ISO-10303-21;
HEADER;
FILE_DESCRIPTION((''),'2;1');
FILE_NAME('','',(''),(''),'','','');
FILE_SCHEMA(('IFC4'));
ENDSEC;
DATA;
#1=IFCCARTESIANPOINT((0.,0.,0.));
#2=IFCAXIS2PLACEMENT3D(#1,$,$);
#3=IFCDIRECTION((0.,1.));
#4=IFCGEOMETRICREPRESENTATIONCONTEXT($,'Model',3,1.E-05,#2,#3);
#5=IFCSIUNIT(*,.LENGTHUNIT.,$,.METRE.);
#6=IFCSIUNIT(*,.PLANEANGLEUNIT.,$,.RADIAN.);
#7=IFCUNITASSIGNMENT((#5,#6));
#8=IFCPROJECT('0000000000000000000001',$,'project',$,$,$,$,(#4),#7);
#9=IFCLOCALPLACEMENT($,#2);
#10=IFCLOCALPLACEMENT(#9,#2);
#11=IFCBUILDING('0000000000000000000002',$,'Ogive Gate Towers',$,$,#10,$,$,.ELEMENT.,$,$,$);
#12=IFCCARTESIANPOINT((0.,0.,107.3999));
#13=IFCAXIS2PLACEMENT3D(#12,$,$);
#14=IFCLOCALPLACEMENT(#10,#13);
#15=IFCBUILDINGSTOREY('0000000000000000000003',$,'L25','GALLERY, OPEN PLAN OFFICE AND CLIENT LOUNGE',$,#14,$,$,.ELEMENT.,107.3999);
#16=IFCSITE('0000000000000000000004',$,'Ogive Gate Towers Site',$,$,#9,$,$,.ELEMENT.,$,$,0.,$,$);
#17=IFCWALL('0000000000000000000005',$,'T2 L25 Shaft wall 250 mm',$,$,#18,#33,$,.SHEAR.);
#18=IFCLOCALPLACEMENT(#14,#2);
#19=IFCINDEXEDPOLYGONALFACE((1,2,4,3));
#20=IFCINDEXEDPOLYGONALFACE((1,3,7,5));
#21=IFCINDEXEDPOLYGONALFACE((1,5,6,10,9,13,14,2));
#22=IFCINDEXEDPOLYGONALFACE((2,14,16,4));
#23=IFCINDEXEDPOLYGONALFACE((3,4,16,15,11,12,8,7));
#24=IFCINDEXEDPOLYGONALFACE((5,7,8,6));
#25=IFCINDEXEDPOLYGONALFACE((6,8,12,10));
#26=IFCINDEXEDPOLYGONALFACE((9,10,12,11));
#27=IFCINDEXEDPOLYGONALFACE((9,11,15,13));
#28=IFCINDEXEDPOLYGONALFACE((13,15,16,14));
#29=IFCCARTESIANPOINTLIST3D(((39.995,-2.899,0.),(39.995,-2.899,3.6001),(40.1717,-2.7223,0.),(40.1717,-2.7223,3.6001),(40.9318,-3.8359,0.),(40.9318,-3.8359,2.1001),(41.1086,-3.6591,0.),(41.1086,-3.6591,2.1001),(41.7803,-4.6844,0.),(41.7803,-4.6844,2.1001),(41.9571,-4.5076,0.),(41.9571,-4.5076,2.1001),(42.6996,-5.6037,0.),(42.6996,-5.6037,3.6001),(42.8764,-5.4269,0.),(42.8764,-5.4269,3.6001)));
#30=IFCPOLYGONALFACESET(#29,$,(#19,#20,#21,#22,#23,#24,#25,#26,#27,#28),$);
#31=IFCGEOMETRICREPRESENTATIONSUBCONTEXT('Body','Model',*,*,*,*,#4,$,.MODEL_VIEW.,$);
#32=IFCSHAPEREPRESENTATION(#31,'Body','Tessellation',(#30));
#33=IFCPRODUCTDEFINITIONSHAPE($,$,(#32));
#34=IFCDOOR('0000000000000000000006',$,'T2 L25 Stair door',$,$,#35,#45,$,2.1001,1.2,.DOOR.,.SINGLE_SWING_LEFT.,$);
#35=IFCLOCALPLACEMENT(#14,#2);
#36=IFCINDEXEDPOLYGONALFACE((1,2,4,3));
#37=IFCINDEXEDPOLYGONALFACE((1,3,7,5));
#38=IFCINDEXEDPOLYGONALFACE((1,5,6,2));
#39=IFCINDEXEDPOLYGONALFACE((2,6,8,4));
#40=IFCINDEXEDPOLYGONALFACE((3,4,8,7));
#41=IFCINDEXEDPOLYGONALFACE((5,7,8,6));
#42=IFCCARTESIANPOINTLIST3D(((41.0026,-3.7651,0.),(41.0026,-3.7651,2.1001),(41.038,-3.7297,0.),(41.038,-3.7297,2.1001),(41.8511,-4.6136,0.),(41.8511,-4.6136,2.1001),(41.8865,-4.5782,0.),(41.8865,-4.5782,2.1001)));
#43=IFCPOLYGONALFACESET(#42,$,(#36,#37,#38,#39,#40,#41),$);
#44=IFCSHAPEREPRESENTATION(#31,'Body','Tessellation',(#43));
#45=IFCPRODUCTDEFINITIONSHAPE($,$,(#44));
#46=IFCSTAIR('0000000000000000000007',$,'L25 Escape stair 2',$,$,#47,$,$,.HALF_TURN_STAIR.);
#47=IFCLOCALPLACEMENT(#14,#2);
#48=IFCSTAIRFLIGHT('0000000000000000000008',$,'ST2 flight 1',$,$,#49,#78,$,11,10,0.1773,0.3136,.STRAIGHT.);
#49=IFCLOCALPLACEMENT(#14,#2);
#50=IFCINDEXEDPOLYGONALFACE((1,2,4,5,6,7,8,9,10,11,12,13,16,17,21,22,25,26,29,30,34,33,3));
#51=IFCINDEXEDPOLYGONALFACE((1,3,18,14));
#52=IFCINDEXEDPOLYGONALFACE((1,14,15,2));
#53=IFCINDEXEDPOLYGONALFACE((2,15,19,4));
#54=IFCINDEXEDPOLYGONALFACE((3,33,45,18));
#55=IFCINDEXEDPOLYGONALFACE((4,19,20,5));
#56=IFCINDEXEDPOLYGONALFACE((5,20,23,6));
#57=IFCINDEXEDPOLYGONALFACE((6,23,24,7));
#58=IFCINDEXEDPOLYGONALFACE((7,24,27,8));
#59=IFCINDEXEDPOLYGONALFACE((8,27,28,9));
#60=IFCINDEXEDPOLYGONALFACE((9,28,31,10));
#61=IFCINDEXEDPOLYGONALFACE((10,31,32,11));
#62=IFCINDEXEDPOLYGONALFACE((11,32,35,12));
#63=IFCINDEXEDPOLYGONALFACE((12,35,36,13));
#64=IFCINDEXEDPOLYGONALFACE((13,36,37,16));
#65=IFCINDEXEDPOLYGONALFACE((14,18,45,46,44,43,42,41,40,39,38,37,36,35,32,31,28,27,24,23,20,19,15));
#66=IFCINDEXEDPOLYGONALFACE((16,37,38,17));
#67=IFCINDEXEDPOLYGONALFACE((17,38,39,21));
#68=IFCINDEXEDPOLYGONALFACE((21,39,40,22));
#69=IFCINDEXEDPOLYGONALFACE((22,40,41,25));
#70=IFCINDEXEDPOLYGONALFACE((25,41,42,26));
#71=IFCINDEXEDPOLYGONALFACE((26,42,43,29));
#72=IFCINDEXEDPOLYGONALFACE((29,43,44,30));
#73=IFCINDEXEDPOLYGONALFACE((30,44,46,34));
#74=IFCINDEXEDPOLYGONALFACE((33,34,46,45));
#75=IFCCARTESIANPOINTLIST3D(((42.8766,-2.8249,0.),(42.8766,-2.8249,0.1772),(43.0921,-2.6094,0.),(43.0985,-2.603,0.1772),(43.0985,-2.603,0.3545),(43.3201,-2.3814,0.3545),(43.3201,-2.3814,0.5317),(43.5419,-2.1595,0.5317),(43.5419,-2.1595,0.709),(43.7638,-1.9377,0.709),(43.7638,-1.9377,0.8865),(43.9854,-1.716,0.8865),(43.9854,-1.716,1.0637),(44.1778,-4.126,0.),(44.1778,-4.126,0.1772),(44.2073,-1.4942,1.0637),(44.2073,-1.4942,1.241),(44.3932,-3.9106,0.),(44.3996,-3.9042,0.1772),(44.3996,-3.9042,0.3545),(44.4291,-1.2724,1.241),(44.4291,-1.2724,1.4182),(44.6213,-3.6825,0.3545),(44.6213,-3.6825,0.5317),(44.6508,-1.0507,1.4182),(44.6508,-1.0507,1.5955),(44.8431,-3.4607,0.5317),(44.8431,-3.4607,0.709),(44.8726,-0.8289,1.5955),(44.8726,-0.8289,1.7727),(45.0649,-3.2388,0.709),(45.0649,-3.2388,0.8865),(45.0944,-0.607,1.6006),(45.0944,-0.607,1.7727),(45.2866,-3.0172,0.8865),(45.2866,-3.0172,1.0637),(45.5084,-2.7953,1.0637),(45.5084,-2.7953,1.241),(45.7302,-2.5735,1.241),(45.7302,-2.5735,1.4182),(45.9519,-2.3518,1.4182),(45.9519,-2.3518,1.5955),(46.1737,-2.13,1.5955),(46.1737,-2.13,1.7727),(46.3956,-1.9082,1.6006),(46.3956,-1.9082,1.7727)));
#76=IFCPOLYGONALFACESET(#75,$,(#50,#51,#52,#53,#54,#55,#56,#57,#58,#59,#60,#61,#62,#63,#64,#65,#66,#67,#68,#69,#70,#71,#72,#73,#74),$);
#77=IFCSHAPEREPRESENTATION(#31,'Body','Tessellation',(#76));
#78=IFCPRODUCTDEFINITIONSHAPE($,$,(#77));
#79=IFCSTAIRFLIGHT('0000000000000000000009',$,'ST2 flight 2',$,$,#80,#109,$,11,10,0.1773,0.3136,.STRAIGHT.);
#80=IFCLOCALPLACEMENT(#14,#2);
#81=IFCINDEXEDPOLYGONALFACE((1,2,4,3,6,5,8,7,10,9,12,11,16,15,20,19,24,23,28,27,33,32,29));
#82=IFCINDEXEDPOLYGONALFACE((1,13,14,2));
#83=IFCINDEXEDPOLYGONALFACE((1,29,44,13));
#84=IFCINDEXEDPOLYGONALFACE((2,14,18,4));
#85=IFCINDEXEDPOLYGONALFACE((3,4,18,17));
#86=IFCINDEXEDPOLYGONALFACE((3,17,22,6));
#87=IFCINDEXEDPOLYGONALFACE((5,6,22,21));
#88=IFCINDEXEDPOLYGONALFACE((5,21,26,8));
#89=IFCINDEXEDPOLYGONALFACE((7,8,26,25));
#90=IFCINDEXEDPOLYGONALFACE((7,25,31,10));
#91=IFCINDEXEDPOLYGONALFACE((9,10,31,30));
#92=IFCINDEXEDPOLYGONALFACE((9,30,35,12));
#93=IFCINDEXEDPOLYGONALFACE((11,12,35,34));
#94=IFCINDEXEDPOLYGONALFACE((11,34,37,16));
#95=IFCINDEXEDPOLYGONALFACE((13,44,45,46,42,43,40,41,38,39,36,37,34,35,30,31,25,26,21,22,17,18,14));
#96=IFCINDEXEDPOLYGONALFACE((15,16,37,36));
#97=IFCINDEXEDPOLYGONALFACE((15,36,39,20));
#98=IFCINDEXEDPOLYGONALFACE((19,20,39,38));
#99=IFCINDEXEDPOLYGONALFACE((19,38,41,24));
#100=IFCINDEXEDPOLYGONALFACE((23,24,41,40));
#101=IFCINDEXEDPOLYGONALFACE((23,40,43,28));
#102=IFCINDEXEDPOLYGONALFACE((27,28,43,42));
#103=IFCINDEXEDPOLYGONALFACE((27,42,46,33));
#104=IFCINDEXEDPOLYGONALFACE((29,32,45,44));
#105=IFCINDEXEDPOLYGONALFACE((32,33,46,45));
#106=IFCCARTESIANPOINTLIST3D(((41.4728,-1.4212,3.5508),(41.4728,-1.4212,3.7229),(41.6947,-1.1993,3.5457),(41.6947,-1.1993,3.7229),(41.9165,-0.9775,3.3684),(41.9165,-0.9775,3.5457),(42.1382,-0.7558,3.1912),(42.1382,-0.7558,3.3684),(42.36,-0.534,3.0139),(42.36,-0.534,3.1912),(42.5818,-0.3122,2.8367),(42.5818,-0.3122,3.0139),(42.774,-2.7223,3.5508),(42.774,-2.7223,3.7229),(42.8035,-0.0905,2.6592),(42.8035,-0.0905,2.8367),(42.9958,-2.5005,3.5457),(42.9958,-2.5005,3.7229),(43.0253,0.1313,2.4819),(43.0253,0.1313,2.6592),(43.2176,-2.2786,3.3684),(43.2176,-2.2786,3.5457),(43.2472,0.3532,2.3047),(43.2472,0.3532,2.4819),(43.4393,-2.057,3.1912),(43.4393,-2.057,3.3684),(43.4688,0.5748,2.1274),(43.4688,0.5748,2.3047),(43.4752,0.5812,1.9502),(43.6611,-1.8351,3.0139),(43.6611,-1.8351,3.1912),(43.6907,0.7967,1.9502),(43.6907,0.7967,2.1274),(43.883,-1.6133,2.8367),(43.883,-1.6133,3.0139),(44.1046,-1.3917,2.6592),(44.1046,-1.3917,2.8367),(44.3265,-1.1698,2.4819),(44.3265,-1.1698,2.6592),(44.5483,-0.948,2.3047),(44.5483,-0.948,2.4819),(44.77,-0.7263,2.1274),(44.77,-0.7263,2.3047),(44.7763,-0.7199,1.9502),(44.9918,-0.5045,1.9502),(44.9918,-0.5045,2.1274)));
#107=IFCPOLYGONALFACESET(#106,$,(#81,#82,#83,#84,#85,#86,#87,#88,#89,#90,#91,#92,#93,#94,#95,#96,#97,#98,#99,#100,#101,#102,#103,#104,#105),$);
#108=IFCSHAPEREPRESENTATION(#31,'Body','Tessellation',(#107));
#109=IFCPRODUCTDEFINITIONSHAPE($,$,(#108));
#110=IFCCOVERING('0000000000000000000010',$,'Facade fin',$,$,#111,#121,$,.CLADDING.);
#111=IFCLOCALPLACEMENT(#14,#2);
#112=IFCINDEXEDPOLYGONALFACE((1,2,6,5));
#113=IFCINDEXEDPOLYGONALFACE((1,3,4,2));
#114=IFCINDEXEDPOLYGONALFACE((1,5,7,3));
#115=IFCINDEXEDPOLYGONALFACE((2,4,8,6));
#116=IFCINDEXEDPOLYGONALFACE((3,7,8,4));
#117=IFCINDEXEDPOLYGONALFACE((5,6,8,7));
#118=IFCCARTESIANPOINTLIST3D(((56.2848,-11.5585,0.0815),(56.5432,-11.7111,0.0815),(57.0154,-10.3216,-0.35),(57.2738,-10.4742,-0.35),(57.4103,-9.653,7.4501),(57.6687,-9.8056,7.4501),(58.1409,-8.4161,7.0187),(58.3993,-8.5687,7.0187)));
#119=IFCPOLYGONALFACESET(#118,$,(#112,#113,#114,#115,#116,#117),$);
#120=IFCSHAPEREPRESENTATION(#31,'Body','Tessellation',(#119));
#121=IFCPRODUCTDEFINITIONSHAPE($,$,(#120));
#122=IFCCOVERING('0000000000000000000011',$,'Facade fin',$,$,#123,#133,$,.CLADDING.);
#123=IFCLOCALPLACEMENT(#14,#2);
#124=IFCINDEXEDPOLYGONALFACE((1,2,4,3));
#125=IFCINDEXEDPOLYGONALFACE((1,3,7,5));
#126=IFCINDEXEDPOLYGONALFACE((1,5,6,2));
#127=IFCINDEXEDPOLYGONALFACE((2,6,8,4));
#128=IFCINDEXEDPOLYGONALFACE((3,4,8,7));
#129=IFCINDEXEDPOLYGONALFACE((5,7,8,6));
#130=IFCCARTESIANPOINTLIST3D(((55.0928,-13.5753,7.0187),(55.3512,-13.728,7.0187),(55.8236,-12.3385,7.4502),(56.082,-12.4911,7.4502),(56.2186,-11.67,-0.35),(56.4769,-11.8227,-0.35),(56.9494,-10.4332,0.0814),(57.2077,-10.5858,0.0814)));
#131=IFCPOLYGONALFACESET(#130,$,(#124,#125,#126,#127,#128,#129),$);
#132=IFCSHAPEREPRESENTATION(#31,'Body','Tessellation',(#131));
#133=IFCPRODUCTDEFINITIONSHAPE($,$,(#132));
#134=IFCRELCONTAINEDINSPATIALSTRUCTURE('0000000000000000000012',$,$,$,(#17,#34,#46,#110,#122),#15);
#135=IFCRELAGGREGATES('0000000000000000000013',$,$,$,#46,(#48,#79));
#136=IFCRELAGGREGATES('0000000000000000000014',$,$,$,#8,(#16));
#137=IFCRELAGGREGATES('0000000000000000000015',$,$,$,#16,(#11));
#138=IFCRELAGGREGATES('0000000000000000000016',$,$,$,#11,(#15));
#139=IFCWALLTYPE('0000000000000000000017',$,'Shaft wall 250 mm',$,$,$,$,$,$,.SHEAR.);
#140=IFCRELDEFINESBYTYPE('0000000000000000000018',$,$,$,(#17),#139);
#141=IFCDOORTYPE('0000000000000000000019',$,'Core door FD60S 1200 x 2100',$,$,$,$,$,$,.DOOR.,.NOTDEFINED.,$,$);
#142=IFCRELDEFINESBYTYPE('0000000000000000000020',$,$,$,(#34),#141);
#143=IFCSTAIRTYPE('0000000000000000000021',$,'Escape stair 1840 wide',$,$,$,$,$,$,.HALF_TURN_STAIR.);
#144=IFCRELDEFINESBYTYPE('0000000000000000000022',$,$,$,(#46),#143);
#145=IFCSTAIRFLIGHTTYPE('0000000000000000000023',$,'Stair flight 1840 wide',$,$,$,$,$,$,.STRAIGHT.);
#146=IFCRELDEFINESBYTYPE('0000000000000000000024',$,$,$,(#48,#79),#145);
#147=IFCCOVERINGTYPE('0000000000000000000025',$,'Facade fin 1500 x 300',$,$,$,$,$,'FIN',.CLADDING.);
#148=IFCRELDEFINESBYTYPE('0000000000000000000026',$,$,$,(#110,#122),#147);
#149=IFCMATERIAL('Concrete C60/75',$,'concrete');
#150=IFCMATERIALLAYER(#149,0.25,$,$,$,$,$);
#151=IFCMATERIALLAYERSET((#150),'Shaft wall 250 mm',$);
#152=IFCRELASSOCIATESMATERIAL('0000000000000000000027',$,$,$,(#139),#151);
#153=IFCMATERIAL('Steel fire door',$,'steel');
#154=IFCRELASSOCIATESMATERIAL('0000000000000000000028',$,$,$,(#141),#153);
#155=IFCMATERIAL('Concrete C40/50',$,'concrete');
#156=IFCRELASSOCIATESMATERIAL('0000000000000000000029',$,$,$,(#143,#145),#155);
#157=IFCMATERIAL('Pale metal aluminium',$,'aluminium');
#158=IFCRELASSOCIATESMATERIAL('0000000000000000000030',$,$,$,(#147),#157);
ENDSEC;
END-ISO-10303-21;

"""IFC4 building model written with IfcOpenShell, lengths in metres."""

from ifc_helpers import new_model, si_unit, direction, frame, frame_2d, origin, origin_2d, place, context, subcontext, project, spatial, polyline, rectangle, outline, extrude, material, layer, layer_set, material_profile, profile_set, type_object, element, fill, aggregate, save


model = new_model("IFC4")

# Units and contexts
model_context = context("Model", 3, precision=1e-05, world=origin(), true_north=direction((0.0, 1.0)))
body_context = subcontext(model_context, "Body", "Model", "MODEL_VIEW")
ifc_project = project(units=[si_unit("LENGTHUNIT", "METRE"), si_unit("PLANEANGLEUNIT", "RADIAN")], contexts=[model_context])

# Site, building, storey
site_placement = place(None, origin())
site = spatial("IfcSite", under=ifc_project, at=site_placement, Name="Ogive Gate Towers Site", CompositionType="ELEMENT", RefElevation=0.0)
building_placement = place(site_placement, origin())
building = spatial("IfcBuilding", under=site, at=building_placement, Name="Ogive Gate Towers", CompositionType="ELEMENT")
storey_placement = place(building_placement, frame((0.0, 0.0, 107.3999)))
storey = spatial("IfcBuildingStorey", under=building, at=storey_placement, Name="L25", Description="GALLERY, OPEN PLAN OFFICE AND CLIENT LOUNGE", CompositionType="ELEMENT", Elevation=107.3999)

# Shared definitions
ifc_material_1 = material(Name="Concrete C40/50", Category="concrete")

# Shared definitions
ifc_material_2 = material(Name="Pale metal aluminium", Category="aluminium")

# Wall, opening, door
ifc_material_3 = material(Name="Concrete C60/75", Category="concrete")
ifc_material_4 = material(Name="Steel fire door", Category="steel")
ifc_layer_1 = layer(ifc_material_3, 0.25)
ifc_layer_set_1 = layer_set([ifc_layer_1], Name="Shaft wall 250 mm")
wall_type_1 = type_object("IfcWallType", Name="Shaft wall 250 mm", PredefinedType="SHEAR", material=ifc_layer_set_1)
wall_1_placement = place(storey_placement, frame((42.7881, -5.5154, 0.0), z_axis=(0.0, 0.0, 1.0), x_axis=(-0.707107, 0.707107, 0.0)))
wall_1 = element("IfcWall", 1, at=wall_1_placement, inside=storey, type_object=wall_type_1, Name="T2 L25 Shaft wall 250 mm", PredefinedType="SHEAR", context=body_context, shape_type="SweptSolid", body=[
    extrude(rectangle(XDim=3.825, YDim=0.25, at=frame_2d((1.9126, 0.0))), origin(), (0.0, 0.0, 1.0), 3.6001),
])
opening_1_placement = place(wall_1_placement, frame((1.3, 0.0, 0.0)))
opening_1 = element("IfcOpeningElement", 2, at=opening_1_placement, cuts=wall_1, PredefinedType="OPENING", context=body_context, shape_type="SweptSolid", body=[
    extrude(rectangle(XDim=1.2, YDim=2.1001, at=frame_2d((0.6001, 1.05))), frame((0.0, 0.135, 0.0), z_axis=(0.0, -1.0, 0.0), x_axis=(1.0, 0.0, 0.0)), (0.0, 0.0, 1.0), 0.27),
])
door_type_1 = type_object("IfcDoorType", Name="Core door FD60S 1200 x 2100", OperationType="NOTDEFINED", PredefinedType="DOOR", material=ifc_material_4)
door_1_placement = place(opening_1_placement, origin())
door_1 = element("IfcDoor", 3, at=door_1_placement, inside=storey, type_object=door_type_1, Name="T2 L25 Stair door", OperationType="SINGLE_SWING_LEFT", OverallHeight=2.1001, OverallWidth=1.2, PredefinedType="DOOR", context=body_context, shape_type="SweptSolid", body=[
    extrude(rectangle(XDim=1.2, YDim=2.1001, at=frame_2d((0.6001, 1.05))), frame((0.0, 0.0249, 0.0), z_axis=(0.0, -1.0, 0.0), x_axis=(1.0, 0.0, 0.0)), (0.0, 0.0, 1.0), 0.05),
])
fill(opening_1, door_1)

# Stair, stair flights
stair_type = type_object("IfcStairType", Name="Escape stair 1840 wide", PredefinedType="HALF_TURN_STAIR", material=ifc_material_1)
stair_placement = place(storey_placement, origin())
stair = element("IfcStair", 4, at=stair_placement, inside=storey, type_object=stair_type, Name="L25 Escape stair 2", PredefinedType="HALF_TURN_STAIR")
stair_flight_type = type_object("IfcStairFlightType", Name="Stair flight 1840 wide", PredefinedType="STRAIGHT", material=ifc_material_1)
stair_flight_1_placement = place(storey_placement, frame((43.5271, -3.4753, 0.0), z_axis=(0.0, 0.0, 1.0), x_axis=(0.707107, 0.707107, 0.0)))
stair_flight_1 = element("IfcStairFlight", 5, at=stair_flight_1_placement, type_object=stair_flight_type, Name="ST2 flight 1", NumberOfRisers=11, NumberOfTreads=10, PredefinedType="STRAIGHT", RiserHeight=0.1773, TreadLength=0.3136, context=body_context, shape_type="SweptSolid", body=[
    extrude(outline(polyline([(0.0, 0.0), (0.0, 0.1772), (0.3137, 0.1772), (0.3137, 0.3545), (0.6272, 0.3545), (0.6272, 0.5317), (0.9409, 0.5317), (0.9409, 0.709), (1.2546, 0.709), (1.2546, 0.8865), (1.5681, 0.8865), (1.5681, 1.0637), (1.8818, 1.0637), (1.8818, 1.241), (2.1956, 1.241), (2.1956, 1.4182), (2.509, 1.4182), (2.509, 1.5955), (2.8228, 1.5955), (2.8228, 1.7727), (3.1365, 1.7727), (3.1365, 1.95), (3.1365, 1.6006), (0.3047, 0.0), (0.0, 0.0)])), frame((0.0, 0.9199, 0.0), z_axis=(0.0, -1.0, 0.0), x_axis=(1.0, 0.0, 0.0)), (0.0, 0.0, 1.0), 1.8401),
])
stair_flight_2_placement = place(storey_placement, frame((44.3413, 0.146, 1.9502), z_axis=(0.0, 0.0, 1.0), x_axis=(-0.707107, -0.707107, 0.0)))
stair_flight_2 = element("IfcStairFlight", 6, at=stair_flight_2_placement, type_object=stair_flight_type, Name="ST2 flight 2", NumberOfRisers=11, NumberOfTreads=10, PredefinedType="STRAIGHT", RiserHeight=0.1773, TreadLength=0.3136, context=body_context, shape_type="SweptSolid", body=[
    extrude(outline(polyline([(0.0, 0.0), (0.0, 0.1772), (0.3137, 0.1772), (0.3137, 0.3545), (0.6272, 0.3545), (0.6272, 0.5317), (0.9409, 0.5317), (0.9409, 0.709), (1.2546, 0.709), (1.2546, 0.8865), (1.5681, 0.8865), (1.5681, 1.0637), (1.8818, 1.0637), (1.8818, 1.241), (2.1956, 1.241), (2.1956, 1.4182), (2.509, 1.4182), (2.509, 1.5955), (2.8228, 1.5955), (2.8228, 1.7727), (3.1365, 1.7727), (3.1365, 1.95), (3.1365, 1.6006), (0.3047, 0.0), (0.0, 0.0)])), frame((0.0, 0.9199, 0.0), z_axis=(0.0, -1.0, 0.0), x_axis=(1.0, 0.0, 0.0)), (0.0, 0.0, 1.0), 1.8401),
])
aggregate(stair, [stair_flight_1, stair_flight_2])

# Coverings
ifc_material_profile_1 = material_profile(ifc_material_2, rectangle(XDim=0.3, YDim=1.5, at=origin_2d()), Name="1500 x 300 pale metal aluminium")
ifc_profile_set_1 = profile_set([ifc_material_profile_1], Name="Pale metal aluminium")
covering_type = type_object("IfcCoveringType", Name="Facade fin 1500 x 300", ElementType="FIN", PredefinedType="CLADDING", material=ifc_profile_set_1)
for number, where, z_axis, x_axis, name in (
    (7, (56.7793, -11.0164, -0.1343), (0.146285, 0.247669, 0.957737), (-0.861025, 0.508562, 0.0), "Facade fin"),
    (8, (56.7131, -11.1279, -0.1343), (-0.146317, -0.247638, 0.95774), (0.860948, -0.508692, 0.0), "Facade fin"),
):
    element("IfcCovering", number, at=place(storey_placement, frame(where, z_axis=z_axis, x_axis=x_axis)), inside=storey, type_object=covering_type, Name=name, PredefinedType="CLADDING", context=body_context, shape_type="SweptSolid", body=[
        extrude(rectangle(XDim=0.3, YDim=1.5, at=origin_2d()), origin(), (0.0, 0.0, 1.0), 7.6938),
    ])

save(model, "model.ifc")
